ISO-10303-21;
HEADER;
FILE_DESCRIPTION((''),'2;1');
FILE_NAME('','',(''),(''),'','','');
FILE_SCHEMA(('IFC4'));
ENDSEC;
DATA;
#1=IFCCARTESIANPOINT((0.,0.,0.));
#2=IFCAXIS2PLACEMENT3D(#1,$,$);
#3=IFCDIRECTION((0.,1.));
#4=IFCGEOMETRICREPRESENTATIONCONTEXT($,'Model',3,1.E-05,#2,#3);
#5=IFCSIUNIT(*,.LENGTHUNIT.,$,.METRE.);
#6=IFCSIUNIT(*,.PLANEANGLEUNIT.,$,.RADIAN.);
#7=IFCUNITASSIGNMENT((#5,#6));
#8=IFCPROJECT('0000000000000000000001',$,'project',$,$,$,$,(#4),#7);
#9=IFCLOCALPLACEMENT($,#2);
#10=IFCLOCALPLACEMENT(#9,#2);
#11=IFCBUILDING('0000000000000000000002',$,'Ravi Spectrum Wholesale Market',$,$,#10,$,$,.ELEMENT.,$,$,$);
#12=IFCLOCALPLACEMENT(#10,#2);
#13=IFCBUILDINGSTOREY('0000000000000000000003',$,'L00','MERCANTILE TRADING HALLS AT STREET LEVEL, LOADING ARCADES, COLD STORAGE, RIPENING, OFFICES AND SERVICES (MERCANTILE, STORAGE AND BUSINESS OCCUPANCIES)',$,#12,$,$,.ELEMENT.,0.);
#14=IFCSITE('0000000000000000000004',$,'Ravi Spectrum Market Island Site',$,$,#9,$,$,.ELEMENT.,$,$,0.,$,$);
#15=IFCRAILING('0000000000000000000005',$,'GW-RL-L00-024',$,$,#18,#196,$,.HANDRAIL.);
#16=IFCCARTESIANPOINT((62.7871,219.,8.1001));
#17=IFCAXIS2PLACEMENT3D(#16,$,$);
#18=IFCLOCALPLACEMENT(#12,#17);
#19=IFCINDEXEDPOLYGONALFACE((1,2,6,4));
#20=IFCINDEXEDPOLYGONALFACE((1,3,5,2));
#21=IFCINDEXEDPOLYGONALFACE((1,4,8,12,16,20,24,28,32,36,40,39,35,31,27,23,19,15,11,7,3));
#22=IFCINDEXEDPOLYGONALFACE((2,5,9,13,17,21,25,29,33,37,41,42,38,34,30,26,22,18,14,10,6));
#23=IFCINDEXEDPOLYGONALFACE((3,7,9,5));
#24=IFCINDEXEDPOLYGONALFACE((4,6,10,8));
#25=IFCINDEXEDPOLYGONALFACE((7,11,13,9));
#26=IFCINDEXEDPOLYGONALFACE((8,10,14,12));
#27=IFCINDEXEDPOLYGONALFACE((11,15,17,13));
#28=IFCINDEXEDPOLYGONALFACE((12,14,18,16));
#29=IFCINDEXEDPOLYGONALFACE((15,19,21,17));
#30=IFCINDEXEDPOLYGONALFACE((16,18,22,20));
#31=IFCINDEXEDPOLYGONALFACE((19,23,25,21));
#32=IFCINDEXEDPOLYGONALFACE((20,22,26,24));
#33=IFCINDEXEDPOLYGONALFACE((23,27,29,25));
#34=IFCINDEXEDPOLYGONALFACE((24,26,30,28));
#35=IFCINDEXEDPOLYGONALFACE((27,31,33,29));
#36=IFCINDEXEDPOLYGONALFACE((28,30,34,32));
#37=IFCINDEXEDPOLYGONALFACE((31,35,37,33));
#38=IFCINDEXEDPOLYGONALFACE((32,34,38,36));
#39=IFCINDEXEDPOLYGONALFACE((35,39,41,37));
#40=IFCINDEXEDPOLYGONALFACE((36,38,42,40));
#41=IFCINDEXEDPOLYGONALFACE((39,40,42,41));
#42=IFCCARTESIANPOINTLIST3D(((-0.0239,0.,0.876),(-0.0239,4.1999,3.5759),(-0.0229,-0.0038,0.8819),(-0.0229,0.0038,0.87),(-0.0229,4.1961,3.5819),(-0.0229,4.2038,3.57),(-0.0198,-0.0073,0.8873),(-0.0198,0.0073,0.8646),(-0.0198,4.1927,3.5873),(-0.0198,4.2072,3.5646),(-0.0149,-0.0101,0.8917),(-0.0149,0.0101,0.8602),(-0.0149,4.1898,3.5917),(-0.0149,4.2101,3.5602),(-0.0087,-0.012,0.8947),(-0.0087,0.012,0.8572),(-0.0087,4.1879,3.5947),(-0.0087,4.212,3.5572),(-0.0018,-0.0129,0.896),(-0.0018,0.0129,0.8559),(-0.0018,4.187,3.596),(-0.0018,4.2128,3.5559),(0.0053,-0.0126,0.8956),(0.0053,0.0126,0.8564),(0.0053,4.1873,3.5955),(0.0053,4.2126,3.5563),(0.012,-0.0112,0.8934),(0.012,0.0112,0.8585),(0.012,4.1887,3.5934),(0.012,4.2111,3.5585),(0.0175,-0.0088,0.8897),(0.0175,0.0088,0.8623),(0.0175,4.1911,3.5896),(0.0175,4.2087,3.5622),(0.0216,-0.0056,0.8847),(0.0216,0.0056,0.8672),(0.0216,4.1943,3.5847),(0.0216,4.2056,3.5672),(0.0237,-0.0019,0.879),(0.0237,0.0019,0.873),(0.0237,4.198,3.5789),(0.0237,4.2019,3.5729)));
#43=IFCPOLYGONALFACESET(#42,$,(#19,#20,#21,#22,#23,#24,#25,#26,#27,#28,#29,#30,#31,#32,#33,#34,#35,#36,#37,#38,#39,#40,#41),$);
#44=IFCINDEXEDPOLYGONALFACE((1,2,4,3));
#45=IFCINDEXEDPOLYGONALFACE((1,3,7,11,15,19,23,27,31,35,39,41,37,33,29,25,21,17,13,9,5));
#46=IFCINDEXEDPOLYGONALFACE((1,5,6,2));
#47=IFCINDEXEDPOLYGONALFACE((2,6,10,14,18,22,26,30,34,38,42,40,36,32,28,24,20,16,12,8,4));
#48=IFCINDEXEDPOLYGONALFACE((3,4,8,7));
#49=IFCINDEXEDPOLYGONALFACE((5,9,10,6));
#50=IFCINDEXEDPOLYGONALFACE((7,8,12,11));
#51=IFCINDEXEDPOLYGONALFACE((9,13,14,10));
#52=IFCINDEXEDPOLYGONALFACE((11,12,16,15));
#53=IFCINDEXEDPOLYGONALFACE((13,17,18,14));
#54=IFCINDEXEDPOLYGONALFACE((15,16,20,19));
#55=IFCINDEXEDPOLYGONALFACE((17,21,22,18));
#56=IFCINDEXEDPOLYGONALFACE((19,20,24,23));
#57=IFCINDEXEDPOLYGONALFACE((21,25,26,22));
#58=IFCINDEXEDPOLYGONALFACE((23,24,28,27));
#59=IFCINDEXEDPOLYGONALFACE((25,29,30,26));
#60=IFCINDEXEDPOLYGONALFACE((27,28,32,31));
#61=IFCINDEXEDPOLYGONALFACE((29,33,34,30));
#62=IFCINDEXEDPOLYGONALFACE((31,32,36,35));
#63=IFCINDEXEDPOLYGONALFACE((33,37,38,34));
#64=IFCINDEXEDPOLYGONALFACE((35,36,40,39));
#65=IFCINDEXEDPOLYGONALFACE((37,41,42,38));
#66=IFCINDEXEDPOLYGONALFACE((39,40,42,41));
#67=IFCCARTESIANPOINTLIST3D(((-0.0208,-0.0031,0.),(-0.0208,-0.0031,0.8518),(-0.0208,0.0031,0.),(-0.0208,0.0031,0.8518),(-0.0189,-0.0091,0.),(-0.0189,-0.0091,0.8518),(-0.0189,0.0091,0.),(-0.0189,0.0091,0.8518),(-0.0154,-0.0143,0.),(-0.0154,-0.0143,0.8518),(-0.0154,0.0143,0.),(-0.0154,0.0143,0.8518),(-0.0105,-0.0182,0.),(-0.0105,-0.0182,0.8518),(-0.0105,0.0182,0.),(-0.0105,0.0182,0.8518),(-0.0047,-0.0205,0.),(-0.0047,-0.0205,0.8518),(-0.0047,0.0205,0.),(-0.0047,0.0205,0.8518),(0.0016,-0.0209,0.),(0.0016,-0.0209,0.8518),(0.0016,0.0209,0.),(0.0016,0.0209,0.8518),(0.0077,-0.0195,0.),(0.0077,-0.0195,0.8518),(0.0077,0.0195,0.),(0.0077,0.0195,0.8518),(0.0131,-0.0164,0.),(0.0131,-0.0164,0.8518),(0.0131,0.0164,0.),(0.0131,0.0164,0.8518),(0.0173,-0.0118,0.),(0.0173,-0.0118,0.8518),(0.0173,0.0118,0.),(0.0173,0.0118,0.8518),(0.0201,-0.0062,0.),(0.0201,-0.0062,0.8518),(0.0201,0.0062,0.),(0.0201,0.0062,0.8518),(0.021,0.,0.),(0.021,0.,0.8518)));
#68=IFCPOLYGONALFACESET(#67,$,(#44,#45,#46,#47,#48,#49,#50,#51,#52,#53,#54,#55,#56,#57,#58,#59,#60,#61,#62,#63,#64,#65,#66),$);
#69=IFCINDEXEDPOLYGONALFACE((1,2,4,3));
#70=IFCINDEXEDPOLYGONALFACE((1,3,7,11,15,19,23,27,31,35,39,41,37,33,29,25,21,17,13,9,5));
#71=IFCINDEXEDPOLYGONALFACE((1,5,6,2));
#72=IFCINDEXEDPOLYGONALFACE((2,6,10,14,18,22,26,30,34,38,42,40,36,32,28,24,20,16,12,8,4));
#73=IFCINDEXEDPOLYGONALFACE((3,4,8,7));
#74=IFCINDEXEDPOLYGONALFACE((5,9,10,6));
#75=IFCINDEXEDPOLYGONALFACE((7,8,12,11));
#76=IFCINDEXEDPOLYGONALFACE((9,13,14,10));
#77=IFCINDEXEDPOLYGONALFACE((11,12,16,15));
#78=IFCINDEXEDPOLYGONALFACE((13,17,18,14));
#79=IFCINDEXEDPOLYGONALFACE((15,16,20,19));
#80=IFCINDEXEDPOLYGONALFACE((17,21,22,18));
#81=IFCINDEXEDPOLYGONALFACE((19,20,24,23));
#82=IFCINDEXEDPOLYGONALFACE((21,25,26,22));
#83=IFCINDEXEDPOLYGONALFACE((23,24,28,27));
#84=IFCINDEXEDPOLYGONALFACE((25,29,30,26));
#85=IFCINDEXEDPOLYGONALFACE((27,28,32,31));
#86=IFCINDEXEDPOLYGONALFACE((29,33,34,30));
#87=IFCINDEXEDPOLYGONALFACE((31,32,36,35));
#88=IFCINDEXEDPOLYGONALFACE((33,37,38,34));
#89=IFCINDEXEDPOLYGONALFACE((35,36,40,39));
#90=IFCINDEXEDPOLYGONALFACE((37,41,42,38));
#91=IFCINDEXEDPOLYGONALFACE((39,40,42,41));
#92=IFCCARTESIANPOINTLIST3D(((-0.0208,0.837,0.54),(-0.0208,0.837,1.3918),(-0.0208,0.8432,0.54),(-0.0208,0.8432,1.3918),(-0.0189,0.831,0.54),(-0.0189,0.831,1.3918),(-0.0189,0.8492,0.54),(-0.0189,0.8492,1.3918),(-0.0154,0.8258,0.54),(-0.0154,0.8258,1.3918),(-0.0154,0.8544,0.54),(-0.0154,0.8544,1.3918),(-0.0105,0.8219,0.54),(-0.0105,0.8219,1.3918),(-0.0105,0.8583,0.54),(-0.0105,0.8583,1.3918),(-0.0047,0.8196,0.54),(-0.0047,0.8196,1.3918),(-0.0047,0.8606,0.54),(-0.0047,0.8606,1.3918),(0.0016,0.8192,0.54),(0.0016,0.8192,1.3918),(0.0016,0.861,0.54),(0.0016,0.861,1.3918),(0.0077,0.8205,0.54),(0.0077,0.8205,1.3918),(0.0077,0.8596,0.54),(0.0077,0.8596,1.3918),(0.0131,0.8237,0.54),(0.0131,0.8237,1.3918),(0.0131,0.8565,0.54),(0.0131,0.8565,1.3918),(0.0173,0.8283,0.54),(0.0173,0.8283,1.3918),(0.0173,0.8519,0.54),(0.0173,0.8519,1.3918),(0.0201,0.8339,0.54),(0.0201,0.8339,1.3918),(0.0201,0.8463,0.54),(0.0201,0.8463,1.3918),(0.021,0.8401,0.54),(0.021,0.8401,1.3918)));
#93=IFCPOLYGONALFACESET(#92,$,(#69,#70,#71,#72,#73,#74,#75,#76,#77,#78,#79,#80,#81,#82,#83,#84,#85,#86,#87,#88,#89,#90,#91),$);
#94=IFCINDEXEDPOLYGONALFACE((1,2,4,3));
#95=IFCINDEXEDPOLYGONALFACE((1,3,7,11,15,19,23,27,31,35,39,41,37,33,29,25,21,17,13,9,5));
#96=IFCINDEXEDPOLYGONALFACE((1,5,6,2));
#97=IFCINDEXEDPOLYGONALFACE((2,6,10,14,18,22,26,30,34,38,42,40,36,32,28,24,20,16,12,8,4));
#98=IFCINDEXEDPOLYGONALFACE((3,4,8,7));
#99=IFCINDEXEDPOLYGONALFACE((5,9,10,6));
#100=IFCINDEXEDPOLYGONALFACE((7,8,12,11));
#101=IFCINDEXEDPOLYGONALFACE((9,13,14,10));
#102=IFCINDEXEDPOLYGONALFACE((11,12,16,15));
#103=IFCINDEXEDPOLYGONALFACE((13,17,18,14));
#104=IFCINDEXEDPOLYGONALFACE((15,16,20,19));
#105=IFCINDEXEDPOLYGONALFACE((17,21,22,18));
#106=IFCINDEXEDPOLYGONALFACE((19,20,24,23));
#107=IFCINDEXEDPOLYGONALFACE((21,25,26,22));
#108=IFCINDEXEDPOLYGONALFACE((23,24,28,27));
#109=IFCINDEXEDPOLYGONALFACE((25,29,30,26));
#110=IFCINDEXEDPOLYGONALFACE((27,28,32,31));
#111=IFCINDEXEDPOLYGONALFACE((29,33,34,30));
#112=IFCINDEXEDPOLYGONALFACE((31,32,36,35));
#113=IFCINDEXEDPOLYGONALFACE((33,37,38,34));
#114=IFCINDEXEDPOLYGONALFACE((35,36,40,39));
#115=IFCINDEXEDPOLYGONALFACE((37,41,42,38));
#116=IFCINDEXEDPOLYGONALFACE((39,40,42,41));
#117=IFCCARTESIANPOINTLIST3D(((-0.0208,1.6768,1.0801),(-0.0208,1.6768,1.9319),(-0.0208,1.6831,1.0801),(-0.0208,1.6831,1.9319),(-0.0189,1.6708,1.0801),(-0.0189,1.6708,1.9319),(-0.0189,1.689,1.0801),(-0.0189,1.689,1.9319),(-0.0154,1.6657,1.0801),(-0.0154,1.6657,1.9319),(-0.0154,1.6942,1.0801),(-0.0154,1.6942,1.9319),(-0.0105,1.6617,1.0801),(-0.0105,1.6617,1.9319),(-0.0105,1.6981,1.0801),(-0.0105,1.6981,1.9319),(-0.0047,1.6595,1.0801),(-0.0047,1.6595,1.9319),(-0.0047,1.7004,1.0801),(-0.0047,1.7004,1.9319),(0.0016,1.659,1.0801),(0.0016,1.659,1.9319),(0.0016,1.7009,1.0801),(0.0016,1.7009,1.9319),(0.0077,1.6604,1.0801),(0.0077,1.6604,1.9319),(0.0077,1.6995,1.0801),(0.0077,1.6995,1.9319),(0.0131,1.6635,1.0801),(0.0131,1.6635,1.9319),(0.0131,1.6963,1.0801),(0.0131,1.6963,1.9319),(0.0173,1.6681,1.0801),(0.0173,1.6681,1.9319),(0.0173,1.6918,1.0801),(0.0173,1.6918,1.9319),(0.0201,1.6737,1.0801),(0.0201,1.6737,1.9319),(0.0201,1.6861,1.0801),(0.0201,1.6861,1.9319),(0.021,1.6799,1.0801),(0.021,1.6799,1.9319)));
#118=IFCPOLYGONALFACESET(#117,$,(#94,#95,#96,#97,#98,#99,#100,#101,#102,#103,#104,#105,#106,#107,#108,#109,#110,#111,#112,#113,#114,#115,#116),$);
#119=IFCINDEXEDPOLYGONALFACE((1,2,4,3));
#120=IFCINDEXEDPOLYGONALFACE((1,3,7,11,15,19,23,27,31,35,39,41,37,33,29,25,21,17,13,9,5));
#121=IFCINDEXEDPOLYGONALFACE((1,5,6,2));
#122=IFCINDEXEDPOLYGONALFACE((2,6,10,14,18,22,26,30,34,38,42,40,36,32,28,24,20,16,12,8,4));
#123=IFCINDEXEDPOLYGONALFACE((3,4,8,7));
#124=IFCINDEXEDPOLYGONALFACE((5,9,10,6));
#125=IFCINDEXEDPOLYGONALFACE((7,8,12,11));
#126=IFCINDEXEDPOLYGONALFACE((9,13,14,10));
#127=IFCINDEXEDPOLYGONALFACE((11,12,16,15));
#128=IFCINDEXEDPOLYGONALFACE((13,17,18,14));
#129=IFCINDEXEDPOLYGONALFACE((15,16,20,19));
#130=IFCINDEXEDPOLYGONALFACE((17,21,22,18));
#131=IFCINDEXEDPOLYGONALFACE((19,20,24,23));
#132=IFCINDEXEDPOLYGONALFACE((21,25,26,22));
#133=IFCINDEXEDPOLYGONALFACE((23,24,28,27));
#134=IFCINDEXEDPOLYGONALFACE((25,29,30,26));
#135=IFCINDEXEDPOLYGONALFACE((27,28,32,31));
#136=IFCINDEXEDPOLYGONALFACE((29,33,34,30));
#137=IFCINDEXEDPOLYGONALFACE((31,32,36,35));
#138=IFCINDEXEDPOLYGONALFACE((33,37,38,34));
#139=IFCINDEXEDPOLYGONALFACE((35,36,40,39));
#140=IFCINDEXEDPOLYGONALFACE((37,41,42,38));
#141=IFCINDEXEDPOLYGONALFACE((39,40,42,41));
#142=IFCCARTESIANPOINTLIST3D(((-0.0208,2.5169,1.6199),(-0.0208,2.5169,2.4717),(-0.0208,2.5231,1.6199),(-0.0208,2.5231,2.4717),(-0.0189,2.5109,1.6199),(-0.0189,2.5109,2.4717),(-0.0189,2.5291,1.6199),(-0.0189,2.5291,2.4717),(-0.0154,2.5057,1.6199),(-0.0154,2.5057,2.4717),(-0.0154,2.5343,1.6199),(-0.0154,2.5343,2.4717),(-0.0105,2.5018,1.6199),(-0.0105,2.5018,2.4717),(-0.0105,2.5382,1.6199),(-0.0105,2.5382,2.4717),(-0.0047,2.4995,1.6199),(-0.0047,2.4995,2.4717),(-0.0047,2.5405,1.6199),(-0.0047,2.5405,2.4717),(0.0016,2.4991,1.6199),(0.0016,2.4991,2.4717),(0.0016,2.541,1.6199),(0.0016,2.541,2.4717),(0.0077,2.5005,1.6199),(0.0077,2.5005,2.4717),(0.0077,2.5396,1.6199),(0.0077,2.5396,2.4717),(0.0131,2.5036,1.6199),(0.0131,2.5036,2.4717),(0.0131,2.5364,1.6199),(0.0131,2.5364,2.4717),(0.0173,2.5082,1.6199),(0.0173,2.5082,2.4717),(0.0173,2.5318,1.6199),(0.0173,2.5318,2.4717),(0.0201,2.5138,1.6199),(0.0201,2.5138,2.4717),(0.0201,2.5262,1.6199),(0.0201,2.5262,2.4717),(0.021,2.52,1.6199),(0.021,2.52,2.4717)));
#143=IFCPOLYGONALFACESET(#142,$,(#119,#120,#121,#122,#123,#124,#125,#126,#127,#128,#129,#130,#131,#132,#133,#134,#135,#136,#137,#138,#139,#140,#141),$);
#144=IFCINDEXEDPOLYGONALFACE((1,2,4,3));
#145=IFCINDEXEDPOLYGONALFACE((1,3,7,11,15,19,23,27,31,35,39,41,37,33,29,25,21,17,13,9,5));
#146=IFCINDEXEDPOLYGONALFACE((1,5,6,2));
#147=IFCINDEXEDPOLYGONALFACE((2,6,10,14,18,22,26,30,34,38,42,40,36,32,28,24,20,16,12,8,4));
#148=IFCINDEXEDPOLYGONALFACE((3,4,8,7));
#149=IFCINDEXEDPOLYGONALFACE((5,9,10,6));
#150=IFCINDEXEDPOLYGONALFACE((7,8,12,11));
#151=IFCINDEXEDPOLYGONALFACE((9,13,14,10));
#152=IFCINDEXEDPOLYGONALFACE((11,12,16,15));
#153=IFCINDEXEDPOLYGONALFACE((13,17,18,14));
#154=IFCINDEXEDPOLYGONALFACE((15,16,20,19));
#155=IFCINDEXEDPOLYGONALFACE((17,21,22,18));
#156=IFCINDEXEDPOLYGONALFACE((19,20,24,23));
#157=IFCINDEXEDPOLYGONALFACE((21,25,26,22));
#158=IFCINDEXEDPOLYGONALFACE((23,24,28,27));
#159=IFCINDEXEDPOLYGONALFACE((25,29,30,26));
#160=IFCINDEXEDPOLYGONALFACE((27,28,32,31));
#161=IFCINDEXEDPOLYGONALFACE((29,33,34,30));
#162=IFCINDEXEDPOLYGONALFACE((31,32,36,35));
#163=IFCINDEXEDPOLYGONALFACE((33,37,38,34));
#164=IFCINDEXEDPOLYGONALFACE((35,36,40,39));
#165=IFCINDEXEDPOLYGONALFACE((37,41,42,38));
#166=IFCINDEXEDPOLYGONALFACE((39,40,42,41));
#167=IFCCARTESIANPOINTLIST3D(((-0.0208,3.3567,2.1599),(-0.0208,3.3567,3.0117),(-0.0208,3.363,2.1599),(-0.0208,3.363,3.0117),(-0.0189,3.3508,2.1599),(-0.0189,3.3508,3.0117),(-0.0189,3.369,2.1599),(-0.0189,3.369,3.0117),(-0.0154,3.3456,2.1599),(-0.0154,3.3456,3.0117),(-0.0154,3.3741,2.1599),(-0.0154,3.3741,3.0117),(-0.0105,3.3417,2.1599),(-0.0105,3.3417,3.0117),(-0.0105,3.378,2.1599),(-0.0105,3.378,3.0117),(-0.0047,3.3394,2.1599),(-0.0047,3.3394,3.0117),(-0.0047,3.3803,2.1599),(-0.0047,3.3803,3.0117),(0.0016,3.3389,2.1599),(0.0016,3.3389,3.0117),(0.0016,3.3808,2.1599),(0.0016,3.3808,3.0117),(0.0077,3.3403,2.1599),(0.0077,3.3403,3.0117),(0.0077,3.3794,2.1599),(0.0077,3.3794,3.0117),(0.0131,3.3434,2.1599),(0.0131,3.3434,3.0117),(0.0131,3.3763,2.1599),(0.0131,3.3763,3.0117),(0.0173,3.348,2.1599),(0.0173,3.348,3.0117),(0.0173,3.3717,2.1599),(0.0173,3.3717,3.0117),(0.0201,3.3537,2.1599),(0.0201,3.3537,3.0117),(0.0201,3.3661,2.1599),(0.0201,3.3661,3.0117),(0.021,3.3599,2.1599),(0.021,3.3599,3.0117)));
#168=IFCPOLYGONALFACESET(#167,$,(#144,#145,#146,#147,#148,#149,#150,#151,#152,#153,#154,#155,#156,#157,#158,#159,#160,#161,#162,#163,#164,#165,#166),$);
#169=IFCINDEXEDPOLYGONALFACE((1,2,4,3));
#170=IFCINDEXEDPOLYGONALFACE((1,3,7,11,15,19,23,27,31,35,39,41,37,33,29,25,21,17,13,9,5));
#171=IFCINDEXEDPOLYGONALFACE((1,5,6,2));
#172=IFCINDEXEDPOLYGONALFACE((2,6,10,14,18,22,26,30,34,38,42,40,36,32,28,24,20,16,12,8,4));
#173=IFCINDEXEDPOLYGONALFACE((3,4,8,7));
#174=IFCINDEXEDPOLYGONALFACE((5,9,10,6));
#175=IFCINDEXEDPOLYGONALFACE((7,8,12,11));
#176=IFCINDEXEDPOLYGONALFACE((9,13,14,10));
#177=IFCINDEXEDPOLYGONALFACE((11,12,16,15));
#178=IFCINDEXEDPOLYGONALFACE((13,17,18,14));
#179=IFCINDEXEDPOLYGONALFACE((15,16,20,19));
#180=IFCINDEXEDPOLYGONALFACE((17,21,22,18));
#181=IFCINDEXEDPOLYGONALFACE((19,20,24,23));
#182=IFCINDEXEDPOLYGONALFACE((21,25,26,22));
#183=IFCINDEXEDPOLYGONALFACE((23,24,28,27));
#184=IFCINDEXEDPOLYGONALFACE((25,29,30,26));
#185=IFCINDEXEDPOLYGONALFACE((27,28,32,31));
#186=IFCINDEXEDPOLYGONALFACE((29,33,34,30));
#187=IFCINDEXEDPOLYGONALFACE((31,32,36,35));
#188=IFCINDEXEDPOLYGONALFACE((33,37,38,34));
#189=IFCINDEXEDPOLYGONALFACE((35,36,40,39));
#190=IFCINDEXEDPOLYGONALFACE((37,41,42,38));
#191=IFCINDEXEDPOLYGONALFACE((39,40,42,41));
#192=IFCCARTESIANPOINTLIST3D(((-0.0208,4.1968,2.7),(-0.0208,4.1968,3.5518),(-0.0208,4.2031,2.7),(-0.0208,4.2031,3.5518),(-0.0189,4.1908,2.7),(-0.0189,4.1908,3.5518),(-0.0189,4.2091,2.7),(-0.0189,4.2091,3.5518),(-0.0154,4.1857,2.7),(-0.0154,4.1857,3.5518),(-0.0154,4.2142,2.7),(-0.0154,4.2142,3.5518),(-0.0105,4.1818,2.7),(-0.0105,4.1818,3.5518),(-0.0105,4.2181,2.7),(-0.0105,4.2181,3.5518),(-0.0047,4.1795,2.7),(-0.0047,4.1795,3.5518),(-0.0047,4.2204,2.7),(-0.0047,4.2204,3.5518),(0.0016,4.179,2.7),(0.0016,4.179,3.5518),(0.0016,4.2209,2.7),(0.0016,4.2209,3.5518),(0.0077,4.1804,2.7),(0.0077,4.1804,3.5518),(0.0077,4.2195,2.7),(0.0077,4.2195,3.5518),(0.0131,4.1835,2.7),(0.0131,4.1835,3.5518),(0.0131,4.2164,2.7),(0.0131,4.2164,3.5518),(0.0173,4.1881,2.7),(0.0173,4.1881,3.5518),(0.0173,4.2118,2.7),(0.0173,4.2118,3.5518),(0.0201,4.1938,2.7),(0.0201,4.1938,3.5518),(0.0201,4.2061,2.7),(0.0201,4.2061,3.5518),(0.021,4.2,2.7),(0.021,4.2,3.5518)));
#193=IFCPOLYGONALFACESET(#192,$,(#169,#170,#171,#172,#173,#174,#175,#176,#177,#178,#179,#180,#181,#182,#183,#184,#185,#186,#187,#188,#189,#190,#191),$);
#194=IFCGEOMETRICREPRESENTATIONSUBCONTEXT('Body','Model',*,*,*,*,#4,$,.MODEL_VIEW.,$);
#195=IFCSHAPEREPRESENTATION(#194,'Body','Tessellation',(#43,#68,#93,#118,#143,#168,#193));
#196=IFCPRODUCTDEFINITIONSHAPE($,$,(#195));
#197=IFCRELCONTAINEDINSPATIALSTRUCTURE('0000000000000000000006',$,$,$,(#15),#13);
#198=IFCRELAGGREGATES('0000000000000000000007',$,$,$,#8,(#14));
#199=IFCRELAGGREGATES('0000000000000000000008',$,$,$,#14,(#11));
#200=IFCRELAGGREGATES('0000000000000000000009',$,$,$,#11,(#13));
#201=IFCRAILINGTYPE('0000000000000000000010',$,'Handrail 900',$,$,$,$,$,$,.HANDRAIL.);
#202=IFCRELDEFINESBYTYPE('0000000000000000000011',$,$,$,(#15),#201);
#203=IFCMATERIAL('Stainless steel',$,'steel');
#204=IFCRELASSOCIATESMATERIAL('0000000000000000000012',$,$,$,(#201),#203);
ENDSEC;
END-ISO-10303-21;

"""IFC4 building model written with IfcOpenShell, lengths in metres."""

from ifc_helpers import new_model, si_unit, direction, frame, origin, origin_2d, place, context, subcontext, project, spatial, circle, extrude, material, type_object, element, save


model = new_model("IFC4")

# Units and contexts
model_context = context("Model", 3, precision=1e-05, world=origin(), true_north=direction((0.0, 1.0)))
body_context = subcontext(model_context, "Body", "Model", "MODEL_VIEW")
ifc_project = project(units=[si_unit("LENGTHUNIT", "METRE"), si_unit("PLANEANGLEUNIT", "RADIAN")], contexts=[model_context])

# Site, building, storey
site_placement = place(None, origin())
site = spatial("IfcSite", under=ifc_project, at=site_placement, Name="Ravi Spectrum Market Island Site", CompositionType="ELEMENT", RefElevation=0.0)
building_placement = place(site_placement, origin())
building = spatial("IfcBuilding", under=site, at=building_placement, Name="Ravi Spectrum Wholesale Market", CompositionType="ELEMENT")
storey_placement = place(building_placement, origin())
storey = spatial("IfcBuildingStorey", under=building, at=storey_placement, Name="L00", Description="MERCANTILE TRADING HALLS AT STREET LEVEL, LOADING ARCADES, COLD STORAGE, RIPENING, OFFICES AND SERVICES (MERCANTILE, STORAGE AND BUSINESS OCCUPANCIES)", CompositionType="ELEMENT", Elevation=0.0)

# Railing
ifc_material_1 = material(Name="Stainless steel", Category="steel")
railing_type_1 = type_object("IfcRailingType", Name="Handrail 900", PredefinedType="HANDRAIL", material=ifc_material_1)
for number, where, name in (
    (1, (62.7871, 219.0, 8.1001), "GW-RL-L00-024"),
):
    element("IfcRailing", number, at=place(storey_placement, frame(where)), inside=storey, type_object=railing_type_1, Name=name, PredefinedType="HANDRAIL", context=body_context, shape_type="SweptSolid", body=[
        extrude(circle(Radius=0.0239, at=origin_2d()), frame((0.0, 0.0, 0.876), z_axis=(0.0, 0.84118, 0.540755), x_axis=(-1.0, 0.0, 0.0)), (0.0, 0.0, 1.0), 4.9929),
        extrude(circle(Radius=0.021, at=origin_2d()), origin(), (0.0, 0.0, 1.0), 0.8518),
        extrude(circle(Radius=0.021, at=origin_2d()), frame((0.0, 0.8401, 0.54)), (0.0, 0.0, 1.0), 0.8518),
        extrude(circle(Radius=0.021, at=origin_2d()), frame((0.0, 1.6799, 1.0801)), (0.0, 0.0, 1.0), 0.8518),
        extrude(circle(Radius=0.021, at=origin_2d()), frame((0.0, 2.52, 1.6199)), (0.0, 0.0, 1.0), 0.8518),
        extrude(circle(Radius=0.021, at=origin_2d()), frame((0.0, 3.3599, 2.1599)), (0.0, 0.0, 1.0), 0.8518),
        extrude(circle(Radius=0.021, at=origin_2d()), frame((0.0, 4.2, 2.7)), (0.0, 0.0, 1.0), 0.8518),
    ])

save(model, "model.ifc")
